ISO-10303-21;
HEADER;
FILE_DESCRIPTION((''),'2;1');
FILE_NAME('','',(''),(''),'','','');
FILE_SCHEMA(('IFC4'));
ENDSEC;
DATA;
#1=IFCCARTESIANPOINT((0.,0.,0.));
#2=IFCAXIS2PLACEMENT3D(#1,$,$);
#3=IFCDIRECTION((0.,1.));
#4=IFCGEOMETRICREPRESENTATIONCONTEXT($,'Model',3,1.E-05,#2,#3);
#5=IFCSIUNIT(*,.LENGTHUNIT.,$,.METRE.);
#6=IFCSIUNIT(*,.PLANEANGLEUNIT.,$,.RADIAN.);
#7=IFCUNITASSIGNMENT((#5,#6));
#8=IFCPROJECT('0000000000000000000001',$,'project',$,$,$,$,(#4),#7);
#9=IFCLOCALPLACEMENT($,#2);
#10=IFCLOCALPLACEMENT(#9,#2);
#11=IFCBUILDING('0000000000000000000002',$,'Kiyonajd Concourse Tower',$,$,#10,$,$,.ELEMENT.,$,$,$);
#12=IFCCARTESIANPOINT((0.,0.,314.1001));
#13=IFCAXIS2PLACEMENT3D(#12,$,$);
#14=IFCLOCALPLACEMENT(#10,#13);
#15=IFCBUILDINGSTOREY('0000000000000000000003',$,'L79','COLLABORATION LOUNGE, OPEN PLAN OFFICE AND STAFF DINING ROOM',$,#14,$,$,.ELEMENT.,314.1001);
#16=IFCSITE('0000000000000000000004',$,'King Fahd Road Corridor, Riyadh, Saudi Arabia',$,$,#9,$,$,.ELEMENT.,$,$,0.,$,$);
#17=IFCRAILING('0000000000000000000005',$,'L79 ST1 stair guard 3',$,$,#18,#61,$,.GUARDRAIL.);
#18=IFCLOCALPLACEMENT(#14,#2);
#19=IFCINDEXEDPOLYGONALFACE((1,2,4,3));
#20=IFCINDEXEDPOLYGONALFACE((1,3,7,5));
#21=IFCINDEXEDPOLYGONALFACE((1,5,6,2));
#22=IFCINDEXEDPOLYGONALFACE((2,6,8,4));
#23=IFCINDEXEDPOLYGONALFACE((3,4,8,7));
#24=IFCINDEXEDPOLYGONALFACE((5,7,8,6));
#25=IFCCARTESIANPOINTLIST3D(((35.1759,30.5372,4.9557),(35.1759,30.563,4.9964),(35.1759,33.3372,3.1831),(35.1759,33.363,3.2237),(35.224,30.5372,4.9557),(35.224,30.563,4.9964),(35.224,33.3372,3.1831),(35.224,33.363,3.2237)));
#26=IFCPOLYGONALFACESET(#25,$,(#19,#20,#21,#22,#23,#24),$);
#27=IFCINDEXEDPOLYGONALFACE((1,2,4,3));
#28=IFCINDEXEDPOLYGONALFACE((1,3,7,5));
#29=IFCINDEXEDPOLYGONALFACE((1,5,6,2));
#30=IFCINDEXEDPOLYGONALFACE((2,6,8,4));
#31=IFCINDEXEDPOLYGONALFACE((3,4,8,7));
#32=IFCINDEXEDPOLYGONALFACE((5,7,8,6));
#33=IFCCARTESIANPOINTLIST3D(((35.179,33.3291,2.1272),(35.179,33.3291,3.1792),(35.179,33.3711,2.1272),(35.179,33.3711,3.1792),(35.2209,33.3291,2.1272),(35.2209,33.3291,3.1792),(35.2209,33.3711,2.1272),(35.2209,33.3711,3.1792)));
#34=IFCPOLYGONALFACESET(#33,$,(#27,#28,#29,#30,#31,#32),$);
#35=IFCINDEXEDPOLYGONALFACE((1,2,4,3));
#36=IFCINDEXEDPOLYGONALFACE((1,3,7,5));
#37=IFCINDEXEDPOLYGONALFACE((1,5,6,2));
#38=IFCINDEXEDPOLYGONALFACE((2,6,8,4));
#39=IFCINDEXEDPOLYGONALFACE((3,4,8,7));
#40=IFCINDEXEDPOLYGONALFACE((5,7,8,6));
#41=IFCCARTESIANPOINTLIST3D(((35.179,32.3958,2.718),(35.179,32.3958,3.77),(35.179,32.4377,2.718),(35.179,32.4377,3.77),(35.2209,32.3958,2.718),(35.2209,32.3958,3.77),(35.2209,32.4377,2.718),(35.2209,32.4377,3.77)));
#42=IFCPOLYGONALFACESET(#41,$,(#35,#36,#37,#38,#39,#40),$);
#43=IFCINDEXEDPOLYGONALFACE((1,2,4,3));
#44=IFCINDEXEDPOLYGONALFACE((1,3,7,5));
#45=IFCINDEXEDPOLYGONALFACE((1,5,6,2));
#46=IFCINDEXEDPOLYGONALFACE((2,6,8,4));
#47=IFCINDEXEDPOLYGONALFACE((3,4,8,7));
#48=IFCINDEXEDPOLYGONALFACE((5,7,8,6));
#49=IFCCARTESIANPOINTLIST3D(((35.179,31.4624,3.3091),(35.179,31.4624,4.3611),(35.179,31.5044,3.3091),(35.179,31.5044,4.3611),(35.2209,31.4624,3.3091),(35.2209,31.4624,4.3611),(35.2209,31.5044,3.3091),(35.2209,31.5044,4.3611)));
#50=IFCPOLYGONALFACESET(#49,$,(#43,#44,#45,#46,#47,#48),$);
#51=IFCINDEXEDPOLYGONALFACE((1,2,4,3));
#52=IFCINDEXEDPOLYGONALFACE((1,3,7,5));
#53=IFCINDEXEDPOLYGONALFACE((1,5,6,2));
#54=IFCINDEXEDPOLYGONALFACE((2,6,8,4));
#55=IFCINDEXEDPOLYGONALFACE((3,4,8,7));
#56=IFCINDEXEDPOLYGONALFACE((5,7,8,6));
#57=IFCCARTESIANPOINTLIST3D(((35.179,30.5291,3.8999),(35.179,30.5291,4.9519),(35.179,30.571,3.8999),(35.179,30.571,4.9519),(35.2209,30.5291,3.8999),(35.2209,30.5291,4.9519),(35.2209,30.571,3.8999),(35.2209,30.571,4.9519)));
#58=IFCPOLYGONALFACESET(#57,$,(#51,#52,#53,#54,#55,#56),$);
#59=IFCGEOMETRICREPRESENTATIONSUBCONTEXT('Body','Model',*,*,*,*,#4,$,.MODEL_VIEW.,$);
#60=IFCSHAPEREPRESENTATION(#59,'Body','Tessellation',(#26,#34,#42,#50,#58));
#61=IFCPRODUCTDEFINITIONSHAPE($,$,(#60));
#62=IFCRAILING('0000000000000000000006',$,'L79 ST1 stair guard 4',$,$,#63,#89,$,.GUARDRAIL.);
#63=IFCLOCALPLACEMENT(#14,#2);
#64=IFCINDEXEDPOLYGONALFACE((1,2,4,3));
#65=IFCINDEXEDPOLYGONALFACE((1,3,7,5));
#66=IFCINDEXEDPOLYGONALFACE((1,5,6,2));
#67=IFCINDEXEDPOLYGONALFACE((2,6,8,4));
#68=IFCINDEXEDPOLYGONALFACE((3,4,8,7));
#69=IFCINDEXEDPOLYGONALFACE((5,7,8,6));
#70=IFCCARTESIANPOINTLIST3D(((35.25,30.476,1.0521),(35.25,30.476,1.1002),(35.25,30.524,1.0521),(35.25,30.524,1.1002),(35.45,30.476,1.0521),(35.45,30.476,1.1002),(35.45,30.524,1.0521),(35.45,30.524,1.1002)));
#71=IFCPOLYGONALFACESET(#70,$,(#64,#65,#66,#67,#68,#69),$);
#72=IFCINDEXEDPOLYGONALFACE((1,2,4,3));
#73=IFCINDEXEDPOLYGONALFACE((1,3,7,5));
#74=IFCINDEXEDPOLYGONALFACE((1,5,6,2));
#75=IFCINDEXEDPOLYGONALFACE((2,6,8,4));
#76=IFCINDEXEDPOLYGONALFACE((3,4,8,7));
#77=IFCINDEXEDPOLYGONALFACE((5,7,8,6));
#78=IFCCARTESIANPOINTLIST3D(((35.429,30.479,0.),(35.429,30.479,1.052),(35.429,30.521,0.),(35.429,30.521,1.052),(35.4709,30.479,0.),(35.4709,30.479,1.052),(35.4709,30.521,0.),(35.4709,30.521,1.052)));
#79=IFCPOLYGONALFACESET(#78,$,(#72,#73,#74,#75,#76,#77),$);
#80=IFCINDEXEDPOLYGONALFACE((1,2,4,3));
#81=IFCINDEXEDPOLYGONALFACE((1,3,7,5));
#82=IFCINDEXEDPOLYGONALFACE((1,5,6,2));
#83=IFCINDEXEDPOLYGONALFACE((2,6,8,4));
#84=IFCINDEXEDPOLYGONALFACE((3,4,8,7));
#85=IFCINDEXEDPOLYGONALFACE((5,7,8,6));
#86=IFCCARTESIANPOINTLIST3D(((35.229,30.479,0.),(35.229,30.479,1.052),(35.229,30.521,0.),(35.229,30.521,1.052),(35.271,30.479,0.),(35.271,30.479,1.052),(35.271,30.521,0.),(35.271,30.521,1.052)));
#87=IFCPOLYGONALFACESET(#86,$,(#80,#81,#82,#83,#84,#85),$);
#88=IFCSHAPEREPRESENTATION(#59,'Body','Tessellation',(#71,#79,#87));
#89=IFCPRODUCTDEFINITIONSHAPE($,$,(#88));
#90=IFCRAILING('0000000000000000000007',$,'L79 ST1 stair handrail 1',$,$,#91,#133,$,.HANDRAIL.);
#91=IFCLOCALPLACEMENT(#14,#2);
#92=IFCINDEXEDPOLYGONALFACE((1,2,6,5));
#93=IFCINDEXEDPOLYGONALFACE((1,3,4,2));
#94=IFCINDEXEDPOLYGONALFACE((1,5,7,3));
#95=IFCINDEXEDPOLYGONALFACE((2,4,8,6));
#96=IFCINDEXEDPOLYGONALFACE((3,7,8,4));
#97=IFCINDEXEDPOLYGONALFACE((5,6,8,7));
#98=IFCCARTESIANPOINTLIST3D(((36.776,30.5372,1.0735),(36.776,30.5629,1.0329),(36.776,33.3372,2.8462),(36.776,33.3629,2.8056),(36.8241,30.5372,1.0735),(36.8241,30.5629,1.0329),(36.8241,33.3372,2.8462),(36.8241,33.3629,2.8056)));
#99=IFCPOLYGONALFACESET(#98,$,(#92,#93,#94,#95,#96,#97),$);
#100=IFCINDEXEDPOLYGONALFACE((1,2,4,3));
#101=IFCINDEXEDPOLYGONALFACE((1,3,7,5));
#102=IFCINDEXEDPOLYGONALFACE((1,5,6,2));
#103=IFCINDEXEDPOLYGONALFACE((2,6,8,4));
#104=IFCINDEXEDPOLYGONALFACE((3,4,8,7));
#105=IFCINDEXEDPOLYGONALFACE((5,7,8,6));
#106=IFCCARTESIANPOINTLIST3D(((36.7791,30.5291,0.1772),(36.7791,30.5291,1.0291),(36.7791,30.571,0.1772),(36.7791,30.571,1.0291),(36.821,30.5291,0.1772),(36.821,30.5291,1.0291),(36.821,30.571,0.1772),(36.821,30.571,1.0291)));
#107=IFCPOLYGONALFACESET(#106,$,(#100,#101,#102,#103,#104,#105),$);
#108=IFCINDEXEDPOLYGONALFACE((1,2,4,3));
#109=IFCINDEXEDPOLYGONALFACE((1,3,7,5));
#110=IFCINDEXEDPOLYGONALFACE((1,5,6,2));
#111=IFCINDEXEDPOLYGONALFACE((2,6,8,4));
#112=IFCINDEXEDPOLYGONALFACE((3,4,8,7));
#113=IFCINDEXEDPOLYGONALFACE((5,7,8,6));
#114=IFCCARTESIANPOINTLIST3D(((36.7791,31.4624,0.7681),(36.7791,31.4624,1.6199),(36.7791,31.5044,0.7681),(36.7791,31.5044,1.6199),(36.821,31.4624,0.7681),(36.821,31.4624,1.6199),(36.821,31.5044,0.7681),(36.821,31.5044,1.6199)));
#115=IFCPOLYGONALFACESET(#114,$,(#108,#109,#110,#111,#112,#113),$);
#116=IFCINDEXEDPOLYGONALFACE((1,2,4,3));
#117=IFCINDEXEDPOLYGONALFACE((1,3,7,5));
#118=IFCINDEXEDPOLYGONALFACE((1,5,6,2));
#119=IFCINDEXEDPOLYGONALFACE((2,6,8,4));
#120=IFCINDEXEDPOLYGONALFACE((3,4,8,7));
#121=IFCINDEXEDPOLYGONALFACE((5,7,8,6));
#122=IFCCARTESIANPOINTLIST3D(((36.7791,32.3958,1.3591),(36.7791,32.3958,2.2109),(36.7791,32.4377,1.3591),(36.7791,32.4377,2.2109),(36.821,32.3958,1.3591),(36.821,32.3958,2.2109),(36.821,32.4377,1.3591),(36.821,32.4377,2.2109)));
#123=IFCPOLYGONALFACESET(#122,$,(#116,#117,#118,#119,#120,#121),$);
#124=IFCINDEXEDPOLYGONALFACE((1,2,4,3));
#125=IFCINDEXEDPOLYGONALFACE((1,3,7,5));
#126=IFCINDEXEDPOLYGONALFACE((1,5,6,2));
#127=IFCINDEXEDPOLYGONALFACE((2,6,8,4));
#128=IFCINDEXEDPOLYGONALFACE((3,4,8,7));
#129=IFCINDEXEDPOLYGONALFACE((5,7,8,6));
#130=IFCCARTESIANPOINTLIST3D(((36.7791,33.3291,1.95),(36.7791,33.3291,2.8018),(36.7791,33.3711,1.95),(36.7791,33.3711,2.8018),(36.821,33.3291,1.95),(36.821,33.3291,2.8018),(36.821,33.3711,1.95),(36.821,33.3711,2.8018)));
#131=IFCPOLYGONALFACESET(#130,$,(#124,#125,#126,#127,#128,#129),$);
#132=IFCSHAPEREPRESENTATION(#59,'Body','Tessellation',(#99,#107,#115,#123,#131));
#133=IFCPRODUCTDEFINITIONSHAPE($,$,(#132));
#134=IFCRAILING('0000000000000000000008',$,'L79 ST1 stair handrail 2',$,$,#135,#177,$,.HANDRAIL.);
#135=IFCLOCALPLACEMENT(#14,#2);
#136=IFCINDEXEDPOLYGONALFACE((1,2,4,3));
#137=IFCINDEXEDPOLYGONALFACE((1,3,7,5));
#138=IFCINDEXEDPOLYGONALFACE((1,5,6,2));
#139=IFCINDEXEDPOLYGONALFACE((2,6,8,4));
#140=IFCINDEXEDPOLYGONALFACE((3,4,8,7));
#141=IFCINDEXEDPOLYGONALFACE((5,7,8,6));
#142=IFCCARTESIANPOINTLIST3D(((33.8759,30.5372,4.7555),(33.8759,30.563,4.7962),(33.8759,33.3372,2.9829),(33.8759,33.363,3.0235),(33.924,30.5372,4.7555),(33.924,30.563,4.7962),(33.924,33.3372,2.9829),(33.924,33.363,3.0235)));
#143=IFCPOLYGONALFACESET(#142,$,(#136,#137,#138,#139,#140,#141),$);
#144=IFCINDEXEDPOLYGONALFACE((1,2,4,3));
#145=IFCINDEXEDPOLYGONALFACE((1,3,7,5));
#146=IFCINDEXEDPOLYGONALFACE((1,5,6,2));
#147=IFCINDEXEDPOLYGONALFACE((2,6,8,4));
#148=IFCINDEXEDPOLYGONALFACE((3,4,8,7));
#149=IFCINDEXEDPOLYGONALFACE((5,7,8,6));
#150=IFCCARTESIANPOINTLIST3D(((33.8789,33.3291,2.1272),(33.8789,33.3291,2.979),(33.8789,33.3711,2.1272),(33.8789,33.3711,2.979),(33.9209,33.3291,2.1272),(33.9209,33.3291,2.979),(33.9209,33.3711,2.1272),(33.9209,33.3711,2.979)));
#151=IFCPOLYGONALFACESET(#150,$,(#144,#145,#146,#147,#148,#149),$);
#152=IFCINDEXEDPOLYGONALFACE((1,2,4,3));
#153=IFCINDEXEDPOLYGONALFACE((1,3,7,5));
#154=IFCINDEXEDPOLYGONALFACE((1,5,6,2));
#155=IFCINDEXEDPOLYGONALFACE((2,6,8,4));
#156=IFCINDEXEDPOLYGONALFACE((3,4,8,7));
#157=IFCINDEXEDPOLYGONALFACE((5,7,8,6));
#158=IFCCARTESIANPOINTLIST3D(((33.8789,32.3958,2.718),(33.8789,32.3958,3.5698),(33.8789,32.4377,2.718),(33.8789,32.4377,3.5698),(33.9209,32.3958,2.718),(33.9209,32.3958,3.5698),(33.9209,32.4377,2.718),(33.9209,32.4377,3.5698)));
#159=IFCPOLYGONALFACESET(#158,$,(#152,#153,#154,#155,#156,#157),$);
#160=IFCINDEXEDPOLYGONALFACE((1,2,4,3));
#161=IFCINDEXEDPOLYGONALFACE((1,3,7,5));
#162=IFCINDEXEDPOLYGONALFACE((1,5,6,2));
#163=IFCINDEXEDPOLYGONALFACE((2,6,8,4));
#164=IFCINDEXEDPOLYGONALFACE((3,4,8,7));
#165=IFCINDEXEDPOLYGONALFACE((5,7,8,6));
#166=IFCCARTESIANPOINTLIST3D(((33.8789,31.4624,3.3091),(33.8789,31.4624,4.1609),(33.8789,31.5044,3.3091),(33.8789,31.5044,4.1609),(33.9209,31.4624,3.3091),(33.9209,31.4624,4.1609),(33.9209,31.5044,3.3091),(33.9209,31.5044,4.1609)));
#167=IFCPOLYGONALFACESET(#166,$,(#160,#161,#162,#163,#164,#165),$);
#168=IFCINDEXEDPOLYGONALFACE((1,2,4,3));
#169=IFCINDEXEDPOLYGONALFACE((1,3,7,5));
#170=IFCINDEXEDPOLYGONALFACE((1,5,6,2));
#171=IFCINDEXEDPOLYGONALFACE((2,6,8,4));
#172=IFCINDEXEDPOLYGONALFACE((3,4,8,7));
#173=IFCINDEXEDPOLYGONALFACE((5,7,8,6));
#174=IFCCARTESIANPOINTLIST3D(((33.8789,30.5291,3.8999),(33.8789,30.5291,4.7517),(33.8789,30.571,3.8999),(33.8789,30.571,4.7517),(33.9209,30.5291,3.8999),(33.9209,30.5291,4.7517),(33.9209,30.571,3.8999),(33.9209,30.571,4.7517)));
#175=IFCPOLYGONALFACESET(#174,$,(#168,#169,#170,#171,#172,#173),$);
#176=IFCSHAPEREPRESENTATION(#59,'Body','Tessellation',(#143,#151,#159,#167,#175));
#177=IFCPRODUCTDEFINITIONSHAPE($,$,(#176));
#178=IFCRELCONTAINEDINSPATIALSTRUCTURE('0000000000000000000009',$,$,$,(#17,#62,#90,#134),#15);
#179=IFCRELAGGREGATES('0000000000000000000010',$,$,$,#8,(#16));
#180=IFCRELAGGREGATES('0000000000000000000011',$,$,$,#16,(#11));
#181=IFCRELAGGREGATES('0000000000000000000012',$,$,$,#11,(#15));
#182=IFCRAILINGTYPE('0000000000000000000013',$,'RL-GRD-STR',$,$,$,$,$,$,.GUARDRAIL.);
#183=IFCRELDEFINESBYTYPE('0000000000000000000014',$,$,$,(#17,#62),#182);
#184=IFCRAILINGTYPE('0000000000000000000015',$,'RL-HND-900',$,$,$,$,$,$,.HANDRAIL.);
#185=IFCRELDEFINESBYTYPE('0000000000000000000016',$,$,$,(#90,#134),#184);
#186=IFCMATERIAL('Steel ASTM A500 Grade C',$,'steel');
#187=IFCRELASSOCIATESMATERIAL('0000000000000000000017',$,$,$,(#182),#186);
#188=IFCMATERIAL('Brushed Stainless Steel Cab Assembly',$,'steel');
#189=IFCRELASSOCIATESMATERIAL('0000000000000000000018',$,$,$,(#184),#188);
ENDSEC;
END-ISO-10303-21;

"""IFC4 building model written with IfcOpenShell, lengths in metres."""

from ifc_helpers import new_model, si_unit, direction, frame, origin, origin_2d, place, context, subcontext, project, spatial, rectangle, extrude, material, type_object, element, save


model = new_model("IFC4")

# Units and contexts
model_context = context("Model", 3, precision=1e-05, world=origin(), true_north=direction((0.0, 1.0)))
body_context = subcontext(model_context, "Body", "Model", "MODEL_VIEW")
ifc_project = project(units=[si_unit("LENGTHUNIT", "METRE"), si_unit("PLANEANGLEUNIT", "RADIAN")], contexts=[model_context])

# Site, building, storey
site_placement = place(None, origin())
site = spatial("IfcSite", under=ifc_project, at=site_placement, Name="King Fahd Road Corridor, Riyadh, Saudi Arabia", CompositionType="ELEMENT", RefElevation=0.0)
building_placement = place(site_placement, origin())
building = spatial("IfcBuilding", under=site, at=building_placement, Name="Kiyonajd Concourse Tower", CompositionType="ELEMENT")
storey_placement = place(building_placement, frame((0.0, 0.0, 314.1001)))
storey = spatial("IfcBuildingStorey", under=building, at=storey_placement, Name="L79", Description="COLLABORATION LOUNGE, OPEN PLAN OFFICE AND STAFF DINING ROOM", CompositionType="ELEMENT", Elevation=314.1001)

# Shared definitions
ifc_material_1 = material(Name="Brushed Stainless Steel Cab Assembly", Category="steel")

# Railings
ifc_material_2 = material(Name="Steel ASTM A500 Grade C", Category="steel")
railing_type_1 = type_object("IfcRailingType", Name="RL-GRD-STR", PredefinedType="GUARDRAIL", material=ifc_material_2)
railing_1_placement = place(storey_placement, frame((35.2, 33.3501, 2.1272)))
element("IfcRailing", 1, at=railing_1_placement, inside=storey, type_object=railing_type_1, Name="L79 ST1 stair guard 3", PredefinedType="GUARDRAIL", context=body_context, shape_type="SweptSolid", body=[
    extrude(rectangle(XDim=0.0481, YDim=0.0481, at=origin_2d()), frame((0.0, 0.0, 1.0762), z_axis=(0.0, -0.844909, 0.53491), x_axis=(1.0, 0.0, 0.0)), (0.0, 0.0, 1.0), 3.314),
    extrude(rectangle(XDim=0.042, YDim=0.042, at=origin_2d()), origin(), (0.0, 0.0, 1.0), 1.052),
    extrude(rectangle(XDim=0.042, YDim=0.042, at=origin_2d()), frame((0.0, -0.9333, 0.5908)), (0.0, 0.0, 1.0), 1.052),
    extrude(rectangle(XDim=0.042, YDim=0.042, at=origin_2d()), frame((0.0, -1.8667, 1.1819)), (0.0, 0.0, 1.0), 1.052),
    extrude(rectangle(XDim=0.042, YDim=0.042, at=origin_2d()), frame((0.0, -2.8, 1.7727)), (0.0, 0.0, 1.0), 1.052),
])
railing_2_placement = place(storey_placement, frame((35.45, 30.5, 0.0)))
element("IfcRailing", 2, at=railing_2_placement, inside=storey, type_object=railing_type_1, Name="L79 ST1 stair guard 4", PredefinedType="GUARDRAIL", context=body_context, shape_type="SweptSolid", body=[
    extrude(rectangle(XDim=0.0481, YDim=0.0481, at=origin_2d()), frame((0.0, 0.0, 1.0762), z_axis=(-1.0, 0.0, 0.0), x_axis=(0.0, -1.0, 0.0)), (0.0, 0.0, 1.0), 0.2),
    extrude(rectangle(XDim=0.042, YDim=0.042, at=origin_2d()), origin(), (0.0, 0.0, 1.0), 1.052),
    extrude(rectangle(XDim=0.042, YDim=0.042, at=origin_2d()), frame((-0.2, 0.0, 0.0)), (0.0, 0.0, 1.0), 1.052),
])
railing_type_2 = type_object("IfcRailingType", Name="RL-HND-900", PredefinedType="HANDRAIL", material=ifc_material_1)
railing_3_placement = place(storey_placement, frame((36.8, 30.55, 0.1772)))
element("IfcRailing", 3, at=railing_3_placement, inside=storey, type_object=railing_type_2, Name="L79 ST1 stair handrail 1", PredefinedType="HANDRAIL", context=body_context, shape_type="SweptSolid", body=[
    extrude(rectangle(XDim=0.0481, YDim=0.0481, at=origin_2d()), frame((0.0, 0.0, 0.876), z_axis=(0.0, 0.844909, 0.53491), x_axis=(-1.0, 0.0, 0.0)), (0.0, 0.0, 1.0), 3.314),
    extrude(rectangle(XDim=0.042, YDim=0.042, at=origin_2d()), origin(), (0.0, 0.0, 1.0), 0.8518),
    extrude(rectangle(XDim=0.042, YDim=0.042, at=origin_2d()), frame((0.0, 0.9333, 0.5908)), (0.0, 0.0, 1.0), 0.8518),
    extrude(rectangle(XDim=0.042, YDim=0.042, at=origin_2d()), frame((0.0, 1.8667, 1.1819)), (0.0, 0.0, 1.0), 0.8518),
    extrude(rectangle(XDim=0.042, YDim=0.042, at=origin_2d()), frame((0.0, 2.8, 1.7727)), (0.0, 0.0, 1.0), 0.8518),
])
railing_4_placement = place(storey_placement, frame((33.8999, 33.3501, 2.1272)))
element("IfcRailing", 4, at=railing_4_placement, inside=storey, type_object=railing_type_2, Name="L79 ST1 stair handrail 2", PredefinedType="HANDRAIL", context=body_context, shape_type="SweptSolid", body=[
    extrude(rectangle(XDim=0.0481, YDim=0.0481, at=origin_2d()), frame((0.0, 0.0, 0.876), z_axis=(0.0, -0.844909, 0.53491), x_axis=(1.0, 0.0, 0.0)), (0.0, 0.0, 1.0), 3.314),
    extrude(rectangle(XDim=0.042, YDim=0.042, at=origin_2d()), origin(), (0.0, 0.0, 1.0), 0.8518),
    extrude(rectangle(XDim=0.042, YDim=0.042, at=origin_2d()), frame((0.0, -0.9333, 0.5908)), (0.0, 0.0, 1.0), 0.8518),
    extrude(rectangle(XDim=0.042, YDim=0.042, at=origin_2d()), frame((0.0, -1.8667, 1.1819)), (0.0, 0.0, 1.0), 0.8518),
    extrude(rectangle(XDim=0.042, YDim=0.042, at=origin_2d()), frame((0.0, -2.8, 1.7727)), (0.0, 0.0, 1.0), 0.8518),
])

save(model, "model.ifc")
